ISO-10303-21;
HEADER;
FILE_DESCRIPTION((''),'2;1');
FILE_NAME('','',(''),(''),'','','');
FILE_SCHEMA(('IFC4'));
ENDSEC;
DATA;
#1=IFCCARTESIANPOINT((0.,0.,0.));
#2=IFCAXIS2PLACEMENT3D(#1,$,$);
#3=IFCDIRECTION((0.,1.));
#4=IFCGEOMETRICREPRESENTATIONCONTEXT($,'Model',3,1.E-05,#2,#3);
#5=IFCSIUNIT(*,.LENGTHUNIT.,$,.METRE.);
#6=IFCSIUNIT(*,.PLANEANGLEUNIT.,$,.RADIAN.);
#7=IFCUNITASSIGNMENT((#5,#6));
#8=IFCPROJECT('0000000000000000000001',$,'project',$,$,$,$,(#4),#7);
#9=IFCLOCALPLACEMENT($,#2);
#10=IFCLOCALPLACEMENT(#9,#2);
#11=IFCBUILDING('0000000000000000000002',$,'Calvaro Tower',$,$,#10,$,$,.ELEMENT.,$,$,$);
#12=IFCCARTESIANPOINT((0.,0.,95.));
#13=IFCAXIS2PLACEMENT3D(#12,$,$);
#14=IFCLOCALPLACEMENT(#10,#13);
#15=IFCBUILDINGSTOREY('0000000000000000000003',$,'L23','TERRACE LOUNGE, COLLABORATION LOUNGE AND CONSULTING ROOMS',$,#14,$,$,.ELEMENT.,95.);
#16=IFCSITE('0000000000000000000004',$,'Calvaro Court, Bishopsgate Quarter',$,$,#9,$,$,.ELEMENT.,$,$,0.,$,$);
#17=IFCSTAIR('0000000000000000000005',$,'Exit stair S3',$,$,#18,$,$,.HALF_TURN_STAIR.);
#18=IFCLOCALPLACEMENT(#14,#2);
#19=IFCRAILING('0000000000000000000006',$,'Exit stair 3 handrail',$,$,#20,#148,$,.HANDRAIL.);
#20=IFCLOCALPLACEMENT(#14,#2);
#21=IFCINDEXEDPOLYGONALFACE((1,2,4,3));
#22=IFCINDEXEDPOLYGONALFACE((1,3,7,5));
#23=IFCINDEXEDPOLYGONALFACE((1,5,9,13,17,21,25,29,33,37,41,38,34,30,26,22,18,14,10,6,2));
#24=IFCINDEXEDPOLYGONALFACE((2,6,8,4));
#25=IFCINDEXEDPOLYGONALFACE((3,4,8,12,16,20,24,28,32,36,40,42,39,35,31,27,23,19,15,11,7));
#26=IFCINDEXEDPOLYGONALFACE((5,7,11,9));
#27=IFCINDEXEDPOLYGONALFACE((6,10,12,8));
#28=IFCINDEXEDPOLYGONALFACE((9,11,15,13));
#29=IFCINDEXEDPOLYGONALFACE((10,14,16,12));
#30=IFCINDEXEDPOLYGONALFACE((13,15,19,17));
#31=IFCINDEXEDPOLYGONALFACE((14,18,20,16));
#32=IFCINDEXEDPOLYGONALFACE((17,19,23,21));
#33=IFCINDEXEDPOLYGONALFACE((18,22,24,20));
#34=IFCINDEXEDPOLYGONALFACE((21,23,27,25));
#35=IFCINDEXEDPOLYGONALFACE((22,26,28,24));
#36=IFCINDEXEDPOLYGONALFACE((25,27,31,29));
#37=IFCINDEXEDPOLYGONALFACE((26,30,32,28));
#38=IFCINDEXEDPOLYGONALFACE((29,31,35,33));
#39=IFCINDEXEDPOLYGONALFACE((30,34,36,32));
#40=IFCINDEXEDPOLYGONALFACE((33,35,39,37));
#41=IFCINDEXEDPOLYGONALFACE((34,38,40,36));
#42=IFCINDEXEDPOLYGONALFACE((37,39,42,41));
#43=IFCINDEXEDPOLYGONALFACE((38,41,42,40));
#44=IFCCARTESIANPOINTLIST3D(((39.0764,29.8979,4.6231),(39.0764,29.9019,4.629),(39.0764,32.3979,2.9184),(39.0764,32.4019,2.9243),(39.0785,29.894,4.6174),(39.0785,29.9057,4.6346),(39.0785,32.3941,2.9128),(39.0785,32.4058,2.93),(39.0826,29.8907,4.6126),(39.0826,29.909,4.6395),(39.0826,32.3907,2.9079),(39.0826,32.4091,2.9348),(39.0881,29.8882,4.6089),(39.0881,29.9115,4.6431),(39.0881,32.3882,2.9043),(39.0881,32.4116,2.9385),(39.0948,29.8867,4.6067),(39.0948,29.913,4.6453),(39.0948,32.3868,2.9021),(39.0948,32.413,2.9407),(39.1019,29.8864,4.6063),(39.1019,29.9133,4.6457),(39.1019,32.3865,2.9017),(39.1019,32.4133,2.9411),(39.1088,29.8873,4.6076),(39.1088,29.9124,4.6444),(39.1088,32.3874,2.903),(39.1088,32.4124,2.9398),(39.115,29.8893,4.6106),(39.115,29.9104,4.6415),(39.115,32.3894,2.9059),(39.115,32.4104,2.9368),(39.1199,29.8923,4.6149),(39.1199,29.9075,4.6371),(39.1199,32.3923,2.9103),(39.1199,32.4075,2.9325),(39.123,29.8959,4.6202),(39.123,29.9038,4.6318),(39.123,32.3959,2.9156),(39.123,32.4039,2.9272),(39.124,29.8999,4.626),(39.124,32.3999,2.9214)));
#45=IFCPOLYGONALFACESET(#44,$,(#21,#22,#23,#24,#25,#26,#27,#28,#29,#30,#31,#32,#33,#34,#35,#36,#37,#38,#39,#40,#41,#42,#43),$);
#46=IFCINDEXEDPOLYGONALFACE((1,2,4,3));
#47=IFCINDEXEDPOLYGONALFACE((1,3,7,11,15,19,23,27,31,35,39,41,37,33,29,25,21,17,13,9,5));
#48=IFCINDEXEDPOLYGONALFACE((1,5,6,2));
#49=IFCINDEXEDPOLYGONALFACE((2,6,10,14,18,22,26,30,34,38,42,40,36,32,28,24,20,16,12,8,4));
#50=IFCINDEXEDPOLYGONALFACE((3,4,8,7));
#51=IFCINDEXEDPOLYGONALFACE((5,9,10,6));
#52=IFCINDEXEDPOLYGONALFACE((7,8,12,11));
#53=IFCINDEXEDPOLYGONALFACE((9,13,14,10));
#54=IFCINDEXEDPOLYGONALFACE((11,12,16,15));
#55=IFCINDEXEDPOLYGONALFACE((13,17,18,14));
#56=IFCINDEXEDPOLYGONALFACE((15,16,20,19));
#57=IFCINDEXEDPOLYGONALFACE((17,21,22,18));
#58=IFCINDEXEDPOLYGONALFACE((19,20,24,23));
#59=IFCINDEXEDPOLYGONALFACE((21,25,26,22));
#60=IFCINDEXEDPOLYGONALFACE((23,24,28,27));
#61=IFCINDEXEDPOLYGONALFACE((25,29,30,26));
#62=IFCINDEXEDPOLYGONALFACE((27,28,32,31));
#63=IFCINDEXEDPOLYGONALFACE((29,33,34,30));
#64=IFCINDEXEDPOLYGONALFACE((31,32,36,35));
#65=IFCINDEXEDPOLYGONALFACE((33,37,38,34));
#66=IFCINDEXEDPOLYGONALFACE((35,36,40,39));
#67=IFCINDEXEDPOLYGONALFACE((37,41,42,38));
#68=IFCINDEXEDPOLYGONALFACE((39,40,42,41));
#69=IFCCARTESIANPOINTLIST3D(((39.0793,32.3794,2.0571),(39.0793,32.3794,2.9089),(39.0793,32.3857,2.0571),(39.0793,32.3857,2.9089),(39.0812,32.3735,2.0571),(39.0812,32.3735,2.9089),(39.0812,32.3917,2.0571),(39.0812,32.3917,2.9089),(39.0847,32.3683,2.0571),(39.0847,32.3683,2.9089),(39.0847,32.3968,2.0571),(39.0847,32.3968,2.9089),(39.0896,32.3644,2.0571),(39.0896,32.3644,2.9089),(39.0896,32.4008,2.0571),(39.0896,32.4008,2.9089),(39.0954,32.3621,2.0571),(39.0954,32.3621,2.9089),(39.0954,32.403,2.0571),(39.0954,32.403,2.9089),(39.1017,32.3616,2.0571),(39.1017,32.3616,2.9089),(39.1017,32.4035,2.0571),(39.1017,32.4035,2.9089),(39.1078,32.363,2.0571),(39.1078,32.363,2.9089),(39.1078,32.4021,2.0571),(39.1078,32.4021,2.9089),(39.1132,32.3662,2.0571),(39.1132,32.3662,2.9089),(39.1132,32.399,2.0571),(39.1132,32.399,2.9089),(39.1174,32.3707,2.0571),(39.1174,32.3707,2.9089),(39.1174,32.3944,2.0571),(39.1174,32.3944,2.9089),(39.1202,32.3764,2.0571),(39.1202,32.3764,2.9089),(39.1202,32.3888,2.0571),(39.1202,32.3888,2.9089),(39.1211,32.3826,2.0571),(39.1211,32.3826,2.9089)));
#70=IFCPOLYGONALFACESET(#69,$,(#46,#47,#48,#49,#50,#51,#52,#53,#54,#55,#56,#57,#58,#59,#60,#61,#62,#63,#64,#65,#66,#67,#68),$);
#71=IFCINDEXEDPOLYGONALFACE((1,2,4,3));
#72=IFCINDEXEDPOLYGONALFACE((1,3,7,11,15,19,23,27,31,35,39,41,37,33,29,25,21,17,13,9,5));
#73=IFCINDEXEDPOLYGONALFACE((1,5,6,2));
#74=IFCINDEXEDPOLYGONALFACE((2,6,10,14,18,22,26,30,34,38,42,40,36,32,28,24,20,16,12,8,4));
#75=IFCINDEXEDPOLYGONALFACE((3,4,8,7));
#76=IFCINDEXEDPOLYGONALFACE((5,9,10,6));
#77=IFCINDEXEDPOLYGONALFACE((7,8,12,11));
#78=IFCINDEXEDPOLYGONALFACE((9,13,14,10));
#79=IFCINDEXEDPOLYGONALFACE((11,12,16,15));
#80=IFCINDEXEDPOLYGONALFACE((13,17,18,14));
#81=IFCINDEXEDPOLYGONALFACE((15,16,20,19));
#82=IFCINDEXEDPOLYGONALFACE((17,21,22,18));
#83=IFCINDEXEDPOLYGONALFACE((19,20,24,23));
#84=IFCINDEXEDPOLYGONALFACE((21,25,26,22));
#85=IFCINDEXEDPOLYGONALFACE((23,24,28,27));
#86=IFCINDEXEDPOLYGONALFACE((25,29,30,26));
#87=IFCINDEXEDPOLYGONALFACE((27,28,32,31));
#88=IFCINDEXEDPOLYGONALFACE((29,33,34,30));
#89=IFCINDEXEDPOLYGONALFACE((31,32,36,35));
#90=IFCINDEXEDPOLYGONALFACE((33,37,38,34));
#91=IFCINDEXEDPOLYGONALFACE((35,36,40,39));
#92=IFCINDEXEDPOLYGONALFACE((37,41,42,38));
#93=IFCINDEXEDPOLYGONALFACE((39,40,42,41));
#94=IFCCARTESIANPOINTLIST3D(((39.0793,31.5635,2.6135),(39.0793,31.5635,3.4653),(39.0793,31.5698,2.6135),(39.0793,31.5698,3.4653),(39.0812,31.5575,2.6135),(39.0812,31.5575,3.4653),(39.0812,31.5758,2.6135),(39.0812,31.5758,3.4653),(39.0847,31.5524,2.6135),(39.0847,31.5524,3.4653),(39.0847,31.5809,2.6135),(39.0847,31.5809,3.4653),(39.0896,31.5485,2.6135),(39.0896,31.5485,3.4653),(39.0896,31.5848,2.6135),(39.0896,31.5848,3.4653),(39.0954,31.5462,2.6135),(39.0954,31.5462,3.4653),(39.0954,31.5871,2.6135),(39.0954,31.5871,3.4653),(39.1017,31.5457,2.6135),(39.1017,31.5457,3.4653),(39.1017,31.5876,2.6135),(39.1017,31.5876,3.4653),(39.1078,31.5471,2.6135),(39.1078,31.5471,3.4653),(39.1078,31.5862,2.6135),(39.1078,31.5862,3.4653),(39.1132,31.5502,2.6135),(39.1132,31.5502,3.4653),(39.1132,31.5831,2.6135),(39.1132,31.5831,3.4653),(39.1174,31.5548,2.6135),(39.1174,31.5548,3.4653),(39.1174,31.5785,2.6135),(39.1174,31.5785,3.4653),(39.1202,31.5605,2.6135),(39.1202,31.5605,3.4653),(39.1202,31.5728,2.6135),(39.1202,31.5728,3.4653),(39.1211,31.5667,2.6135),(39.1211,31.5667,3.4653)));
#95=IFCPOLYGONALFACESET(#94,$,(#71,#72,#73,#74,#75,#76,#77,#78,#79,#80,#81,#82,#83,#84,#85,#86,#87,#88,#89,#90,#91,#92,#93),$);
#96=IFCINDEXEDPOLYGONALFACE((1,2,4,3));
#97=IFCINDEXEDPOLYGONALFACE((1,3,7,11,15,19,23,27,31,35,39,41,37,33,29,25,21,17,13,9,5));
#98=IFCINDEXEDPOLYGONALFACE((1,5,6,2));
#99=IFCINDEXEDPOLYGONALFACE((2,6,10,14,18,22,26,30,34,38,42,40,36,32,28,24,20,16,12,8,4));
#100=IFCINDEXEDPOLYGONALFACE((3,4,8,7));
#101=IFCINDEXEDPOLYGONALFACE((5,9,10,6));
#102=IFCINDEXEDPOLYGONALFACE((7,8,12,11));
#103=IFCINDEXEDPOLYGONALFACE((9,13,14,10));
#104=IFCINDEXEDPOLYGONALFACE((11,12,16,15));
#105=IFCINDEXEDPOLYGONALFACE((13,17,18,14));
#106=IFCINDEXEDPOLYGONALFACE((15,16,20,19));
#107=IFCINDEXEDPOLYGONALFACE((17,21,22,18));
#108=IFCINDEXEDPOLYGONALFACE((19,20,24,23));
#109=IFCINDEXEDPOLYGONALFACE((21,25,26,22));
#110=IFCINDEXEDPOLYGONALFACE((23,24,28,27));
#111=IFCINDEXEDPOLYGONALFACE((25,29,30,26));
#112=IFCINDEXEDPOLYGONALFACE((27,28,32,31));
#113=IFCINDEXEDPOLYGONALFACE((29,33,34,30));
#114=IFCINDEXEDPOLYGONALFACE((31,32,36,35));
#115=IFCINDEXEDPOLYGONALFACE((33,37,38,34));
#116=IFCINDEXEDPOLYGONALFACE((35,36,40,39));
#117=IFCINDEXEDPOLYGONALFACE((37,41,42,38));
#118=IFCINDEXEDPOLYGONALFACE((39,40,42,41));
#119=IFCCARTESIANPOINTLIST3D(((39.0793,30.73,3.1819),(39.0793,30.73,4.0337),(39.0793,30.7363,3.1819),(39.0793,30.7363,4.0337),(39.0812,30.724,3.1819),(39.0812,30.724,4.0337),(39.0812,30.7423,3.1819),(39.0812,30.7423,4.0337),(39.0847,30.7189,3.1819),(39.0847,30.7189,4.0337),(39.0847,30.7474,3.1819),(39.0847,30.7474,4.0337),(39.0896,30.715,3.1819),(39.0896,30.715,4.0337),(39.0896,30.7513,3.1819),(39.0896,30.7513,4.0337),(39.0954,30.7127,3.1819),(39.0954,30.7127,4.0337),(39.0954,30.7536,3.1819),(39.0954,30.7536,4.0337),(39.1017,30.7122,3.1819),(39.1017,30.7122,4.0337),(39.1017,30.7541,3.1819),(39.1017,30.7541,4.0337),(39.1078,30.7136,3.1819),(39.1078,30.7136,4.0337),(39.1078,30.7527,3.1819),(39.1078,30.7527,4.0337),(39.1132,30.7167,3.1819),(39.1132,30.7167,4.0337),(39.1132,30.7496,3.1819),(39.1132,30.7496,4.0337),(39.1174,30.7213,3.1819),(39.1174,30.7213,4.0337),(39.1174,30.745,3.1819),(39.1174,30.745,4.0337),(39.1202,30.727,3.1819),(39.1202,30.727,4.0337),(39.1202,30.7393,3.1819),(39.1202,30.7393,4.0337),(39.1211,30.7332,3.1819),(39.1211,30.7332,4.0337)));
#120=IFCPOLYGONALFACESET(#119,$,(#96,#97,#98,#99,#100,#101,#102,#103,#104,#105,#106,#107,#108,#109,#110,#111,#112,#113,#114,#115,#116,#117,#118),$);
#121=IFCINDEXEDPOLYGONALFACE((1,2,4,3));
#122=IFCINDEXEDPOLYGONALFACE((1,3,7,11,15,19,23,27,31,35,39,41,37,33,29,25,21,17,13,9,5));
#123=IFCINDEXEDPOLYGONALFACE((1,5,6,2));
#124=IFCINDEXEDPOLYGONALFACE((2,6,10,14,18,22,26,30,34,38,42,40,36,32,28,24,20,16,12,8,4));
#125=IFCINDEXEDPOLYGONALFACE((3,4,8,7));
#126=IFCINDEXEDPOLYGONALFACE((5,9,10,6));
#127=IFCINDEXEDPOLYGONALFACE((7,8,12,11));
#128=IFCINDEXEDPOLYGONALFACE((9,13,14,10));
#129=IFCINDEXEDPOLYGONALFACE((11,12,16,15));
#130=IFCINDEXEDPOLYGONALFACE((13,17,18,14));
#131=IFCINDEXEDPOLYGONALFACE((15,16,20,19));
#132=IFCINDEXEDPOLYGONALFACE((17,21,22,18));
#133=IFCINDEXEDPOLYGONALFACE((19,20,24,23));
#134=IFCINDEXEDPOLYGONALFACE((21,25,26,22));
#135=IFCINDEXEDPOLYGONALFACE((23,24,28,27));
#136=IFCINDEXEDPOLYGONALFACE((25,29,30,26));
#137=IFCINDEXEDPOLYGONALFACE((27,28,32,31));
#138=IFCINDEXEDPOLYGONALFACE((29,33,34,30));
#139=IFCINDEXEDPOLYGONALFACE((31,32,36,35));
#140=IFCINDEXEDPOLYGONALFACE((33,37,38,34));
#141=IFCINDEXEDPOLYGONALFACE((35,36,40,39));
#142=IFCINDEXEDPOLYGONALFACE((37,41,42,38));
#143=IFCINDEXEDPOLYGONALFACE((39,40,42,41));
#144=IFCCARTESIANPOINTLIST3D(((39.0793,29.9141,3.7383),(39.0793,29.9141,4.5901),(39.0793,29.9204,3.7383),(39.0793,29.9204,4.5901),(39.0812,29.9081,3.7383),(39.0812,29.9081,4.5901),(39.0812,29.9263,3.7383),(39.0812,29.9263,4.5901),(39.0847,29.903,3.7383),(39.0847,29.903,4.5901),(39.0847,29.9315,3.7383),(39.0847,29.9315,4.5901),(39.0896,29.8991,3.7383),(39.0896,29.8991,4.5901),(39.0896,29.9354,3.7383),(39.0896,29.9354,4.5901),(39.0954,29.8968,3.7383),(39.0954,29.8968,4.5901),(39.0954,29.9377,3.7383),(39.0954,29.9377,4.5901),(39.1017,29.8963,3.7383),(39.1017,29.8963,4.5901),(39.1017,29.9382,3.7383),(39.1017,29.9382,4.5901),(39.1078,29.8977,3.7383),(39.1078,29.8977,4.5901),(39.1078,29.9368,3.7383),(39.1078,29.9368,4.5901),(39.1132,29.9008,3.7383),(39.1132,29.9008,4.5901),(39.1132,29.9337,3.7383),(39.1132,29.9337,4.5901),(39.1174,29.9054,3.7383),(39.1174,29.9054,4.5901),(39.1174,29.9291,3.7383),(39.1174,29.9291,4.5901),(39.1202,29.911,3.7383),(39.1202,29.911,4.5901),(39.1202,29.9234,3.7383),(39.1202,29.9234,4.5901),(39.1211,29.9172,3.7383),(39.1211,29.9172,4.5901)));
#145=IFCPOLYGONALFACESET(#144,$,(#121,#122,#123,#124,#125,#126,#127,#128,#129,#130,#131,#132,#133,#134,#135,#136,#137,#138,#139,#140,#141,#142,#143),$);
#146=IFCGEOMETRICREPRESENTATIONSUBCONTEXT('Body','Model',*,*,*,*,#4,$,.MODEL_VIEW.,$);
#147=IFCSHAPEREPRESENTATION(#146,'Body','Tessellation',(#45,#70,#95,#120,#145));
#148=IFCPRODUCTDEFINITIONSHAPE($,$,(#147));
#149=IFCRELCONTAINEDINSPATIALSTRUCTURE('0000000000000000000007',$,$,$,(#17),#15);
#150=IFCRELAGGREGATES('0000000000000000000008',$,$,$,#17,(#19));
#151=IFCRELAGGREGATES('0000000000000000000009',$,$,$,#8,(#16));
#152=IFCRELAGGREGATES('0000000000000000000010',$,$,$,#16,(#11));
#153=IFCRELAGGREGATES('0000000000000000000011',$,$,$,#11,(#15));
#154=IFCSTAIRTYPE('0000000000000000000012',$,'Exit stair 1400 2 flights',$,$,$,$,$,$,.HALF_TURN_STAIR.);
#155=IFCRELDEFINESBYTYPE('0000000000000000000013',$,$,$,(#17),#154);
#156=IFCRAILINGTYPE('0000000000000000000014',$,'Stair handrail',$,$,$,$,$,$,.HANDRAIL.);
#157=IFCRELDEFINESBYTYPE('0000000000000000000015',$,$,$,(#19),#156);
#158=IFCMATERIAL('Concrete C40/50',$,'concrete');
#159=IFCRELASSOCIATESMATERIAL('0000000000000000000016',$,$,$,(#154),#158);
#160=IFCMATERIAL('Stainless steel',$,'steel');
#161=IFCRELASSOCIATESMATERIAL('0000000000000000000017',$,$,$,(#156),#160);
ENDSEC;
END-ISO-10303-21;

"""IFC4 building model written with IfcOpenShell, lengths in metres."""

from ifc_helpers import new_model, si_unit, direction, frame, origin, origin_2d, place, context, subcontext, project, spatial, circle, extrude, material, type_object, element, aggregate, save


model = new_model("IFC4")

# Units and contexts
model_context = context("Model", 3, precision=1e-05, world=origin(), true_north=direction((0.0, 1.0)))
body_context = subcontext(model_context, "Body", "Model", "MODEL_VIEW")
ifc_project = project(units=[si_unit("LENGTHUNIT", "METRE"), si_unit("PLANEANGLEUNIT", "RADIAN")], contexts=[model_context])

# Site, building, storey
site_placement = place(None, origin())
site = spatial("IfcSite", under=ifc_project, at=site_placement, Name="Calvaro Court, Bishopsgate Quarter", CompositionType="ELEMENT", RefElevation=0.0)
building_placement = place(site_placement, origin())
building = spatial("IfcBuilding", under=site, at=building_placement, Name="Calvaro Tower", CompositionType="ELEMENT")
storey_placement = place(building_placement, frame((0.0, 0.0, 95.0)))
storey = spatial("IfcBuildingStorey", under=building, at=storey_placement, Name="L23", Description="TERRACE LOUNGE, COLLABORATION LOUNGE AND CONSULTING ROOMS", CompositionType="ELEMENT", Elevation=95.0)

# Stair
ifc_material_1 = material(Name="Concrete C40/50", Category="concrete")
stair_type = type_object("IfcStairType", Name="Exit stair 1400 2 flights", PredefinedType="HALF_TURN_STAIR", material=ifc_material_1)
stair_1_placement = place(storey_placement, origin())
stair_1 = element("IfcStair", 1, at=stair_1_placement, inside=storey, type_object=stair_type, Name="Exit stair S3", PredefinedType="HALF_TURN_STAIR")

# Railing
ifc_material_2 = material(Name="Stainless steel", Category="steel")
railing_type = type_object("IfcRailingType", Name="Stair handrail", PredefinedType="HANDRAIL", material=ifc_material_2)
railing_1_placement = place(storey_placement, frame((39.1001, 32.3999, 2.0454)))
railing_1 = element("IfcRailing", 2, at=railing_1_placement, type_object=railing_type, Name="Exit stair 3 handrail", PredefinedType="HANDRAIL", context=body_context, shape_type="SweptSolid", body=[
    extrude(circle(Radius=0.0239, at=origin_2d()), frame((0.0, 0.0, 0.876), z_axis=(0.0, -0.826221, 0.563347), x_axis=(1.0, 0.0, 0.0)), (0.0, 0.0, 1.0), 3.0259),
    extrude(circle(Radius=0.021, at=origin_2d()), frame((0.0, -0.0173, 0.0117)), (0.0, 0.0, 1.0), 0.8518),
    extrude(circle(Radius=0.021, at=origin_2d()), frame((0.0, -0.8333, 0.5681)), (0.0, 0.0, 1.0), 0.8518),
    extrude(circle(Radius=0.021, at=origin_2d()), frame((0.0, -1.6667, 1.1365)), (0.0, 0.0, 1.0), 0.8518),
    extrude(circle(Radius=0.021, at=origin_2d()), frame((0.0, -2.4827, 1.6929)), (0.0, 0.0, 1.0), 0.8518),
])
aggregate(stair_1, [railing_1])

save(model, "model.ifc")
